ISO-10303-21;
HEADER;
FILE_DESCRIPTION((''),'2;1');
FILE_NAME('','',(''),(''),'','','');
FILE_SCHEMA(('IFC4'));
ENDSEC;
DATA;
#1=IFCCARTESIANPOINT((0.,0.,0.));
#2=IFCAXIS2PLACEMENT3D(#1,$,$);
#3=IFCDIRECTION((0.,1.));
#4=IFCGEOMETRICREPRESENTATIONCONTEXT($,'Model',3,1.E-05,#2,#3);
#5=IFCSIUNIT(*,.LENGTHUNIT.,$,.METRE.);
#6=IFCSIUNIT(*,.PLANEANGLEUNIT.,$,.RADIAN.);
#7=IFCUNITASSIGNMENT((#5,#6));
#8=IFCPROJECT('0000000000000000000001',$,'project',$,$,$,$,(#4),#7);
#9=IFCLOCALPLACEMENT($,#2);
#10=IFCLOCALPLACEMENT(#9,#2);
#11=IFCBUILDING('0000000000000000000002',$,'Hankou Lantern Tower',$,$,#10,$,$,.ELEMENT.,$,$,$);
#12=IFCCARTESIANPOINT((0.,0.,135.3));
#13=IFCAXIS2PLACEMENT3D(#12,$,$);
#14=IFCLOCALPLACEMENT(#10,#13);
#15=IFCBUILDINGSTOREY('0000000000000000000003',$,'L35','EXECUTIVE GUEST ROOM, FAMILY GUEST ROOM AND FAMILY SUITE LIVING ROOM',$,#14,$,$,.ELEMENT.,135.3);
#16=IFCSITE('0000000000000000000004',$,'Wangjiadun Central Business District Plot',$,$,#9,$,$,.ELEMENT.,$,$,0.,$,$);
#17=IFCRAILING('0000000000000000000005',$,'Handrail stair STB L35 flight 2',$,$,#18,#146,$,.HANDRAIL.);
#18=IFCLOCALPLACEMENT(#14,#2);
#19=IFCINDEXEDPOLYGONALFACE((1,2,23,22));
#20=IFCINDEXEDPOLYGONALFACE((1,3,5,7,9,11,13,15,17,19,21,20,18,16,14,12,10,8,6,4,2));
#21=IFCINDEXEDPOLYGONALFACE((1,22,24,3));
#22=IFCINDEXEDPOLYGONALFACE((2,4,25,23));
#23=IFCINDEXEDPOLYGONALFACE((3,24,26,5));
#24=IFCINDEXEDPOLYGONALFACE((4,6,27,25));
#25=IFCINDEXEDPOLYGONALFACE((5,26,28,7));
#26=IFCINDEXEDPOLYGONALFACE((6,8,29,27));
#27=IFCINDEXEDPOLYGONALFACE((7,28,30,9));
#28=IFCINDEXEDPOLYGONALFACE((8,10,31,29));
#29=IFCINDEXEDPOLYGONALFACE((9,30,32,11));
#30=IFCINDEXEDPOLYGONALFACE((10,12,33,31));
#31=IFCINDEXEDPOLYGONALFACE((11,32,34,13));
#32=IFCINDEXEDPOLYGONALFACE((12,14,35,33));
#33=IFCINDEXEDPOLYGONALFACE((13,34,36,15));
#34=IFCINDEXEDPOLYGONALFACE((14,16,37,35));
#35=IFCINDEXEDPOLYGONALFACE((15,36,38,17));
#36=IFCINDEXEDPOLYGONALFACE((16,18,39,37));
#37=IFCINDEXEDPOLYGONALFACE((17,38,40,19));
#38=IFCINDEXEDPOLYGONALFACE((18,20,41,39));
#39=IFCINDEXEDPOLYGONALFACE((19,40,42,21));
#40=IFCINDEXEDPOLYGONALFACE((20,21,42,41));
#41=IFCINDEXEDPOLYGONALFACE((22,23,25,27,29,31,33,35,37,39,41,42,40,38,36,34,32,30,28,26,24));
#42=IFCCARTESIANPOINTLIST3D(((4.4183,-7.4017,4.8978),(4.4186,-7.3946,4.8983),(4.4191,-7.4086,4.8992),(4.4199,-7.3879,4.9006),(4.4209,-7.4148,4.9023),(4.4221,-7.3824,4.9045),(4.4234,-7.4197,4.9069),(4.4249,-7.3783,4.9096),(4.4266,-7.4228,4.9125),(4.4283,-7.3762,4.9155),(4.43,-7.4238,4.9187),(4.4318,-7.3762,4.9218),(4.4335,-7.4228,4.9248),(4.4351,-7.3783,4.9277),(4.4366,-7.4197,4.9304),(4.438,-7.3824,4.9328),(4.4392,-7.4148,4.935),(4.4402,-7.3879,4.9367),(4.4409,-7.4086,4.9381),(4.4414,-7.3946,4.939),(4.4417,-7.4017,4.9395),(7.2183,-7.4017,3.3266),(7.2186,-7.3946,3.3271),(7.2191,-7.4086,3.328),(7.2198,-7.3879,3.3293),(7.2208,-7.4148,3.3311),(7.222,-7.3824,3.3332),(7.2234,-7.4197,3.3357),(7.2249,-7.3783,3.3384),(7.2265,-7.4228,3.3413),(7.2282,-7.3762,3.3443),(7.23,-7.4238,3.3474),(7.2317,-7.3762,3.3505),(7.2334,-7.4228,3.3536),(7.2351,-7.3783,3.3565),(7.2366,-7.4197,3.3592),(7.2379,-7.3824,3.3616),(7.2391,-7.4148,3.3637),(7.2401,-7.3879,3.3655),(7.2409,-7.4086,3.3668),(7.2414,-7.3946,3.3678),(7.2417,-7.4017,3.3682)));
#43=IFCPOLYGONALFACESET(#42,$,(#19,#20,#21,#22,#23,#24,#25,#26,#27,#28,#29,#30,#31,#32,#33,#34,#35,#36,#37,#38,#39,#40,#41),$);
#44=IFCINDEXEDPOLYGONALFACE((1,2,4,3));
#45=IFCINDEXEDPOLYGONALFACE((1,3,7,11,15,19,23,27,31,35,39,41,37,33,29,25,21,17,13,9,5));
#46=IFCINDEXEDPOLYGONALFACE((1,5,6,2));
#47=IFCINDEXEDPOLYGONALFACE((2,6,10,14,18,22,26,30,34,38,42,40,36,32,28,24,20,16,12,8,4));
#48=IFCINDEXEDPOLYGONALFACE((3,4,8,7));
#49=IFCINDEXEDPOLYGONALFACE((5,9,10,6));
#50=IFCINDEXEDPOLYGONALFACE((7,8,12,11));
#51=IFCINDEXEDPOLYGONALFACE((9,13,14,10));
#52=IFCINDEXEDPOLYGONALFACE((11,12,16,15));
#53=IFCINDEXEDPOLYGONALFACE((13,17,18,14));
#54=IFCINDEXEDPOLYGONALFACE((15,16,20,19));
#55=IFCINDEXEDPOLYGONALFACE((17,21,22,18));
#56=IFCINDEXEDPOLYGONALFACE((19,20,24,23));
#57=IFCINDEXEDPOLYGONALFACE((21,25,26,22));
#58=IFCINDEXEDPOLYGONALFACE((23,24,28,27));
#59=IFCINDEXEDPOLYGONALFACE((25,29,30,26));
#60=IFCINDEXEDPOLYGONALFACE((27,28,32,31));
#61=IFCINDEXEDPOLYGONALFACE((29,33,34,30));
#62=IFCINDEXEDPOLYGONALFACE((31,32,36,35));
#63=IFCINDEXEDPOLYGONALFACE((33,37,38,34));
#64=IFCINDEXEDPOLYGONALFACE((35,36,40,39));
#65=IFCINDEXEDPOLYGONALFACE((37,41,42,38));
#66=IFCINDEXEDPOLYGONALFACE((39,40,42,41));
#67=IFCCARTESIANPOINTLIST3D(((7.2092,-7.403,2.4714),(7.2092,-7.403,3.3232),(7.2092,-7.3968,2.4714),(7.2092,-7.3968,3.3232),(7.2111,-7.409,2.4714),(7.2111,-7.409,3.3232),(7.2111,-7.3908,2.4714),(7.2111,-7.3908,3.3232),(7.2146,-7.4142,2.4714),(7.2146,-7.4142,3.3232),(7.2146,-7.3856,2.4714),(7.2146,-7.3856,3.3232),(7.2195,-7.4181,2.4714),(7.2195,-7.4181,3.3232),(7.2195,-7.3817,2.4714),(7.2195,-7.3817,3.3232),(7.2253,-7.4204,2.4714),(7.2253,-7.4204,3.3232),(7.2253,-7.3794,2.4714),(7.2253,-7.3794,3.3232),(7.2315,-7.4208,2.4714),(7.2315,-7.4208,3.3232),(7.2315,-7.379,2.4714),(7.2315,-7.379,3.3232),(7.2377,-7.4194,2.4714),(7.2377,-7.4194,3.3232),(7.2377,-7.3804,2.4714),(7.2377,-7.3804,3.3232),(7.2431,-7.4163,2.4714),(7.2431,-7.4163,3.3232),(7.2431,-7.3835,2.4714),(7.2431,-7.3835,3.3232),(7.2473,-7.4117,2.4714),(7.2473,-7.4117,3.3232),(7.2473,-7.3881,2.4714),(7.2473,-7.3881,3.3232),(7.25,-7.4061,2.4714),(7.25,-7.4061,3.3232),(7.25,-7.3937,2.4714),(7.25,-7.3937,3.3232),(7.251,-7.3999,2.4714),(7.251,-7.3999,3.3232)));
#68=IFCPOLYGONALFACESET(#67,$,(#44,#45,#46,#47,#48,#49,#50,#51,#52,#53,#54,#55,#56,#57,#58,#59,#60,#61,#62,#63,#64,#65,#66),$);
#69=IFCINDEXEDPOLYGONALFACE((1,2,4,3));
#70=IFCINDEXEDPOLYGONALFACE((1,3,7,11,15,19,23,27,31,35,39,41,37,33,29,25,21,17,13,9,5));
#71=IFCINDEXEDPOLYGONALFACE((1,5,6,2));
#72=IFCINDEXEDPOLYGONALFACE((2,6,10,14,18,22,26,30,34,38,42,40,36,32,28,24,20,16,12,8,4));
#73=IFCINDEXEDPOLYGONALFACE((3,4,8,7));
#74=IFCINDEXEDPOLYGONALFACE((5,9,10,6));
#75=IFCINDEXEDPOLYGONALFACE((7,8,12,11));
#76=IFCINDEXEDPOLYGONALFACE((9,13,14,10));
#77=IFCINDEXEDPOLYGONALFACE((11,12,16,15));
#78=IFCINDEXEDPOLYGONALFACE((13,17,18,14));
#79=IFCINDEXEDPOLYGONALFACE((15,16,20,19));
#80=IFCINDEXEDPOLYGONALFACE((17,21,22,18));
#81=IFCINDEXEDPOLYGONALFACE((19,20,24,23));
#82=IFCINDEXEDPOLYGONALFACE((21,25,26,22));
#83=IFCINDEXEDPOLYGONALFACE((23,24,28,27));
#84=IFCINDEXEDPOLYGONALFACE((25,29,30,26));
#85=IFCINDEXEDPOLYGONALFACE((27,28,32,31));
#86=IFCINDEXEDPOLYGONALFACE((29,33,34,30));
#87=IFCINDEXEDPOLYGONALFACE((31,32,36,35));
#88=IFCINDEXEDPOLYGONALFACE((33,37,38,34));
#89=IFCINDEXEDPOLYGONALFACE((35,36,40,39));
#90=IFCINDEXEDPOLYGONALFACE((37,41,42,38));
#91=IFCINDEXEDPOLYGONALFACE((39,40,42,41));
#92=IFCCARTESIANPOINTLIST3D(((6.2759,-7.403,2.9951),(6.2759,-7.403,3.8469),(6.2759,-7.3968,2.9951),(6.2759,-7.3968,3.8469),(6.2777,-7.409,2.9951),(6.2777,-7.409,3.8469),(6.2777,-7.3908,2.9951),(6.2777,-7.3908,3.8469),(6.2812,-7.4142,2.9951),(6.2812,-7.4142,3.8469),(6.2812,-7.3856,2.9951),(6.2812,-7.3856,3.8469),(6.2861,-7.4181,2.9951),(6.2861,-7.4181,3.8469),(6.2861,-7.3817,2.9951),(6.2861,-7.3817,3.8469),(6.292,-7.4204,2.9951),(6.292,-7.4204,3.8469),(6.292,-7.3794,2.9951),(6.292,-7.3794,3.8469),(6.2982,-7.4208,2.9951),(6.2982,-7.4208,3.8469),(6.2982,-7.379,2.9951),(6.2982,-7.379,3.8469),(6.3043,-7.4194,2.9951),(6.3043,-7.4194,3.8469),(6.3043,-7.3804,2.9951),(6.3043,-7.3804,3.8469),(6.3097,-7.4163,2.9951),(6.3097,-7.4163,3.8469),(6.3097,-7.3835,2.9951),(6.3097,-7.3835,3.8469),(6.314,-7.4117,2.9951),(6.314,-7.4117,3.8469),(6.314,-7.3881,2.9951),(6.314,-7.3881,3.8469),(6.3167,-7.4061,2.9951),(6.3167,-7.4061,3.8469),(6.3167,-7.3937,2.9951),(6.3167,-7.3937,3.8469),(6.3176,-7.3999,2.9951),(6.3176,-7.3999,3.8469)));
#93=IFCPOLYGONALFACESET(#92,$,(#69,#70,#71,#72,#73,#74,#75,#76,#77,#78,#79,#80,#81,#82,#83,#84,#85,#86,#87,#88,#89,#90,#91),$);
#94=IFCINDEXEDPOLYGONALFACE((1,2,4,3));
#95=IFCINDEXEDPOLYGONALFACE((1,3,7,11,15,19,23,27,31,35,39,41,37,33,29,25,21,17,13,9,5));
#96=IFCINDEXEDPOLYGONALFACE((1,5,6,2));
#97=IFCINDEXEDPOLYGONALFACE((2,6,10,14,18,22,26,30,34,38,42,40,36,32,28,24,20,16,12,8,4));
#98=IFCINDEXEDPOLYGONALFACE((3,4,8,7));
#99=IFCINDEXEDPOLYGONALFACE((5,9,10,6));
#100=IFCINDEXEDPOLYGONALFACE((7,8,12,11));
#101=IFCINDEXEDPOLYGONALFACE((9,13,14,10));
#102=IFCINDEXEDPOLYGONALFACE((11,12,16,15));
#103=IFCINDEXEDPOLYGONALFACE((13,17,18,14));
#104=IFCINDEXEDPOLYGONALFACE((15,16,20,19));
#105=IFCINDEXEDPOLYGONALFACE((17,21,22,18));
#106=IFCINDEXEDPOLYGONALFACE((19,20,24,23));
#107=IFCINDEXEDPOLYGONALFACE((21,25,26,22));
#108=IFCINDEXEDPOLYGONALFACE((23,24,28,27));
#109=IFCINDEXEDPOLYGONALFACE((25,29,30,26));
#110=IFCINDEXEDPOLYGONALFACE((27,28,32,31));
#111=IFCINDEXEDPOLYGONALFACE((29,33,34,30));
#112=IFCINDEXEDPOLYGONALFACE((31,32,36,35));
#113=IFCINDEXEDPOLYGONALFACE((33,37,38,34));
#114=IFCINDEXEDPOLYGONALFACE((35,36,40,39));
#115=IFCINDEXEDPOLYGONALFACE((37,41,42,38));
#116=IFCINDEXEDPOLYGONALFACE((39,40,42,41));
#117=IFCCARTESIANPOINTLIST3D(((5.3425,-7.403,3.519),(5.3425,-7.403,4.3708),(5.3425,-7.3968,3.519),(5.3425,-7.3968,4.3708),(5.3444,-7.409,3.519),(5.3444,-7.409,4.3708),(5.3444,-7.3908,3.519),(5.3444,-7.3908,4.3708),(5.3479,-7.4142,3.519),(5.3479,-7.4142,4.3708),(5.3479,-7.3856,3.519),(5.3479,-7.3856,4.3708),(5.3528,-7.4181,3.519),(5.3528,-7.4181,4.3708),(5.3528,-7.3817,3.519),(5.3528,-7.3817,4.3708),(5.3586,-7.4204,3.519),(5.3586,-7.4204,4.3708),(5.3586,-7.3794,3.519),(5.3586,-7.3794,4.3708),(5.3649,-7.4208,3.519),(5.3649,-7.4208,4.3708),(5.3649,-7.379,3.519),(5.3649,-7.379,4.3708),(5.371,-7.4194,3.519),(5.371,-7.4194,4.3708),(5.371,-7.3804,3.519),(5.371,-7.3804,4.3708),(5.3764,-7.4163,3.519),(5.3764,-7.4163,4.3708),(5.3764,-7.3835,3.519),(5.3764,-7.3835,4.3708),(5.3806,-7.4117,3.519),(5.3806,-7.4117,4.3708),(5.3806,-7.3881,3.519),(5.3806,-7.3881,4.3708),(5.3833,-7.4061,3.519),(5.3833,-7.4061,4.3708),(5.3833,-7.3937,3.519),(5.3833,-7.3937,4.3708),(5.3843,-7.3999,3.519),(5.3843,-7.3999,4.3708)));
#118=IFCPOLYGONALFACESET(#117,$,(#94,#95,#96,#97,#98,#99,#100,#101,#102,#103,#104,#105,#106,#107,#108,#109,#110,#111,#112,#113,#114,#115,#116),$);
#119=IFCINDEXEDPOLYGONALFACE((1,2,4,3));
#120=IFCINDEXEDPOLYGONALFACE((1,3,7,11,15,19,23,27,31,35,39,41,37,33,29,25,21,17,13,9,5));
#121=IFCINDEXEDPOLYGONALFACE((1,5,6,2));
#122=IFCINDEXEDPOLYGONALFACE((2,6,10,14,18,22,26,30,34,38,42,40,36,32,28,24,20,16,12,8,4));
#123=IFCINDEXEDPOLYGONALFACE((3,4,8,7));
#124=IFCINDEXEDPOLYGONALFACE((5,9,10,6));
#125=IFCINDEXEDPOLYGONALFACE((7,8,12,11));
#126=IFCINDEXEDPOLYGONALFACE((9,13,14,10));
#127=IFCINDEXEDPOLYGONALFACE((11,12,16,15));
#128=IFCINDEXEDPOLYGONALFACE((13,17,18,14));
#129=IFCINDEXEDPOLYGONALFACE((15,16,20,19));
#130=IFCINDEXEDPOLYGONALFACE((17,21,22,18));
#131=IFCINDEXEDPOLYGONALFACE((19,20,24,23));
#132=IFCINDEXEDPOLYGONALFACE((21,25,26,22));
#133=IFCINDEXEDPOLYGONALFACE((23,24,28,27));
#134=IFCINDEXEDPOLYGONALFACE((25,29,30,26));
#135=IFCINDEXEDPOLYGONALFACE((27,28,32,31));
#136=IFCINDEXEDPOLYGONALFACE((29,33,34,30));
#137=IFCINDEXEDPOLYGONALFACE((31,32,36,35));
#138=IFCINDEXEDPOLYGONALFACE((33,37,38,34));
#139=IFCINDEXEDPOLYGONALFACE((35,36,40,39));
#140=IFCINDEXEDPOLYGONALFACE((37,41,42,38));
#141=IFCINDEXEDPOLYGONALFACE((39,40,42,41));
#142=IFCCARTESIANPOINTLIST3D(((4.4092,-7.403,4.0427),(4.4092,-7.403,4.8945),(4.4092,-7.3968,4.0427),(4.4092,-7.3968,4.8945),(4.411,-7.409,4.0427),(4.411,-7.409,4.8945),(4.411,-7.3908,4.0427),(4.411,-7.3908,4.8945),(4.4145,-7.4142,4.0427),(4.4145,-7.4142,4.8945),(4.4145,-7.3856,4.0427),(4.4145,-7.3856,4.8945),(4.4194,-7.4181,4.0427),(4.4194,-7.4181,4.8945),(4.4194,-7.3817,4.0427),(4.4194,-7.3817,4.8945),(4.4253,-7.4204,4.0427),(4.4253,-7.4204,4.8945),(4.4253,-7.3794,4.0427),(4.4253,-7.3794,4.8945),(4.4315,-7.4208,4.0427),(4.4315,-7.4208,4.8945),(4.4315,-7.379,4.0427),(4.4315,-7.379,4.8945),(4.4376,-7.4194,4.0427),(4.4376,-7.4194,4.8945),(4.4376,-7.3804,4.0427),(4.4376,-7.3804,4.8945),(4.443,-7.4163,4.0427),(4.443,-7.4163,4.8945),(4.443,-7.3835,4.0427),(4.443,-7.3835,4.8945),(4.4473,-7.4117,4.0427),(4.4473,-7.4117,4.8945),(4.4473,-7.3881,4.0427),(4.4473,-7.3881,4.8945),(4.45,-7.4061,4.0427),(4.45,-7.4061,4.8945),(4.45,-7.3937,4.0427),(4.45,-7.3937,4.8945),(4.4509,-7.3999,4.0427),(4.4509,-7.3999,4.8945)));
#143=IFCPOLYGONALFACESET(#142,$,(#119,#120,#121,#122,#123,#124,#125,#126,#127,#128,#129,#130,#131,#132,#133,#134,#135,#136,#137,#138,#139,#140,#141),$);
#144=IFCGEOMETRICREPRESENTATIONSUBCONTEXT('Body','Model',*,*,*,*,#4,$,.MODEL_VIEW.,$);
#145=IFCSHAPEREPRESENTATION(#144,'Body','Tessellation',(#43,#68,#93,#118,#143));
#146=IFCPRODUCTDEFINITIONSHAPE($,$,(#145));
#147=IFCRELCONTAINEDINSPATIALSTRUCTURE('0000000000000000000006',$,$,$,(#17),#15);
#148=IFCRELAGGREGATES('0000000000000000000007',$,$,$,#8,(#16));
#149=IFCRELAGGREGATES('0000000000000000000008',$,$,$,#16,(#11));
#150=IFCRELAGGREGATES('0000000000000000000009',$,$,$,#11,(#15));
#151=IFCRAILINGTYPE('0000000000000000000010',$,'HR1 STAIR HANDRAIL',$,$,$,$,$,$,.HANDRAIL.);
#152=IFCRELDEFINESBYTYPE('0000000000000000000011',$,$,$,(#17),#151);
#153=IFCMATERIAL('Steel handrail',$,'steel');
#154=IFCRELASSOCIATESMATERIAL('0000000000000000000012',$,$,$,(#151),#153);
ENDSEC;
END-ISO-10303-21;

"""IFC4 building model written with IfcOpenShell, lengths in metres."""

from ifc_helpers import new_model, si_unit, direction, frame, origin, origin_2d, place, context, subcontext, project, spatial, circle, extrude, material, type_object, element, save


model = new_model("IFC4")

# Units and contexts
model_context = context("Model", 3, precision=1e-05, world=origin(), true_north=direction((0.0, 1.0)))
body_context = subcontext(model_context, "Body", "Model", "MODEL_VIEW")
ifc_project = project(units=[si_unit("LENGTHUNIT", "METRE"), si_unit("PLANEANGLEUNIT", "RADIAN")], contexts=[model_context])

# Site, building, storey
site_placement = place(None, origin())
site = spatial("IfcSite", under=ifc_project, at=site_placement, Name="Wangjiadun Central Business District Plot", CompositionType="ELEMENT", RefElevation=0.0)
building_placement = place(site_placement, origin())
building = spatial("IfcBuilding", under=site, at=building_placement, Name="Hankou Lantern Tower", CompositionType="ELEMENT")
storey_placement = place(building_placement, frame((0.0, 0.0, 135.3)))
storey = spatial("IfcBuildingStorey", under=building, at=storey_placement, Name="L35", Description="EXECUTIVE GUEST ROOM, FAMILY GUEST ROOM AND FAMILY SUITE LIVING ROOM", CompositionType="ELEMENT", Elevation=135.3)

# Railing
ifc_material_1 = material(Name="Steel handrail", Category="steel")
railing_type = type_object("IfcRailingType", Name="HR1 STAIR HANDRAIL", PredefinedType="HANDRAIL", material=ifc_material_1)
railing_1_placement = place(storey_placement, frame((7.23, -7.3999, 2.4714)))
element("IfcRailing", 1, at=railing_1_placement, inside=storey, type_object=railing_type, Name="Handrail stair STB L35 flight 2", PredefinedType="HANDRAIL", context=body_context, shape_type="SweptSolid", body=[
    extrude(circle(Radius=0.0239, at=origin_2d()), frame((0.0, 0.0, 0.876), z_axis=(-0.872073, 0.0, 0.489377), x_axis=(0.0, -1.0, 0.0)), (0.0, 0.0, 1.0), 3.2107),
    extrude(circle(Radius=0.021, at=origin_2d()), origin(), (0.0, 0.0, 1.0), 0.8518),
    extrude(circle(Radius=0.021, at=origin_2d()), frame((-0.9333, 0.0, 0.5237)), (0.0, 0.0, 1.0), 0.8518),
    extrude(circle(Radius=0.021, at=origin_2d()), frame((-1.8667, 0.0, 1.0476)), (0.0, 0.0, 1.0), 0.8518),
    extrude(circle(Radius=0.021, at=origin_2d()), frame((-2.8, 0.0, 1.5713)), (0.0, 0.0, 1.0), 0.8518),
])

save(model, "model.ifc")
